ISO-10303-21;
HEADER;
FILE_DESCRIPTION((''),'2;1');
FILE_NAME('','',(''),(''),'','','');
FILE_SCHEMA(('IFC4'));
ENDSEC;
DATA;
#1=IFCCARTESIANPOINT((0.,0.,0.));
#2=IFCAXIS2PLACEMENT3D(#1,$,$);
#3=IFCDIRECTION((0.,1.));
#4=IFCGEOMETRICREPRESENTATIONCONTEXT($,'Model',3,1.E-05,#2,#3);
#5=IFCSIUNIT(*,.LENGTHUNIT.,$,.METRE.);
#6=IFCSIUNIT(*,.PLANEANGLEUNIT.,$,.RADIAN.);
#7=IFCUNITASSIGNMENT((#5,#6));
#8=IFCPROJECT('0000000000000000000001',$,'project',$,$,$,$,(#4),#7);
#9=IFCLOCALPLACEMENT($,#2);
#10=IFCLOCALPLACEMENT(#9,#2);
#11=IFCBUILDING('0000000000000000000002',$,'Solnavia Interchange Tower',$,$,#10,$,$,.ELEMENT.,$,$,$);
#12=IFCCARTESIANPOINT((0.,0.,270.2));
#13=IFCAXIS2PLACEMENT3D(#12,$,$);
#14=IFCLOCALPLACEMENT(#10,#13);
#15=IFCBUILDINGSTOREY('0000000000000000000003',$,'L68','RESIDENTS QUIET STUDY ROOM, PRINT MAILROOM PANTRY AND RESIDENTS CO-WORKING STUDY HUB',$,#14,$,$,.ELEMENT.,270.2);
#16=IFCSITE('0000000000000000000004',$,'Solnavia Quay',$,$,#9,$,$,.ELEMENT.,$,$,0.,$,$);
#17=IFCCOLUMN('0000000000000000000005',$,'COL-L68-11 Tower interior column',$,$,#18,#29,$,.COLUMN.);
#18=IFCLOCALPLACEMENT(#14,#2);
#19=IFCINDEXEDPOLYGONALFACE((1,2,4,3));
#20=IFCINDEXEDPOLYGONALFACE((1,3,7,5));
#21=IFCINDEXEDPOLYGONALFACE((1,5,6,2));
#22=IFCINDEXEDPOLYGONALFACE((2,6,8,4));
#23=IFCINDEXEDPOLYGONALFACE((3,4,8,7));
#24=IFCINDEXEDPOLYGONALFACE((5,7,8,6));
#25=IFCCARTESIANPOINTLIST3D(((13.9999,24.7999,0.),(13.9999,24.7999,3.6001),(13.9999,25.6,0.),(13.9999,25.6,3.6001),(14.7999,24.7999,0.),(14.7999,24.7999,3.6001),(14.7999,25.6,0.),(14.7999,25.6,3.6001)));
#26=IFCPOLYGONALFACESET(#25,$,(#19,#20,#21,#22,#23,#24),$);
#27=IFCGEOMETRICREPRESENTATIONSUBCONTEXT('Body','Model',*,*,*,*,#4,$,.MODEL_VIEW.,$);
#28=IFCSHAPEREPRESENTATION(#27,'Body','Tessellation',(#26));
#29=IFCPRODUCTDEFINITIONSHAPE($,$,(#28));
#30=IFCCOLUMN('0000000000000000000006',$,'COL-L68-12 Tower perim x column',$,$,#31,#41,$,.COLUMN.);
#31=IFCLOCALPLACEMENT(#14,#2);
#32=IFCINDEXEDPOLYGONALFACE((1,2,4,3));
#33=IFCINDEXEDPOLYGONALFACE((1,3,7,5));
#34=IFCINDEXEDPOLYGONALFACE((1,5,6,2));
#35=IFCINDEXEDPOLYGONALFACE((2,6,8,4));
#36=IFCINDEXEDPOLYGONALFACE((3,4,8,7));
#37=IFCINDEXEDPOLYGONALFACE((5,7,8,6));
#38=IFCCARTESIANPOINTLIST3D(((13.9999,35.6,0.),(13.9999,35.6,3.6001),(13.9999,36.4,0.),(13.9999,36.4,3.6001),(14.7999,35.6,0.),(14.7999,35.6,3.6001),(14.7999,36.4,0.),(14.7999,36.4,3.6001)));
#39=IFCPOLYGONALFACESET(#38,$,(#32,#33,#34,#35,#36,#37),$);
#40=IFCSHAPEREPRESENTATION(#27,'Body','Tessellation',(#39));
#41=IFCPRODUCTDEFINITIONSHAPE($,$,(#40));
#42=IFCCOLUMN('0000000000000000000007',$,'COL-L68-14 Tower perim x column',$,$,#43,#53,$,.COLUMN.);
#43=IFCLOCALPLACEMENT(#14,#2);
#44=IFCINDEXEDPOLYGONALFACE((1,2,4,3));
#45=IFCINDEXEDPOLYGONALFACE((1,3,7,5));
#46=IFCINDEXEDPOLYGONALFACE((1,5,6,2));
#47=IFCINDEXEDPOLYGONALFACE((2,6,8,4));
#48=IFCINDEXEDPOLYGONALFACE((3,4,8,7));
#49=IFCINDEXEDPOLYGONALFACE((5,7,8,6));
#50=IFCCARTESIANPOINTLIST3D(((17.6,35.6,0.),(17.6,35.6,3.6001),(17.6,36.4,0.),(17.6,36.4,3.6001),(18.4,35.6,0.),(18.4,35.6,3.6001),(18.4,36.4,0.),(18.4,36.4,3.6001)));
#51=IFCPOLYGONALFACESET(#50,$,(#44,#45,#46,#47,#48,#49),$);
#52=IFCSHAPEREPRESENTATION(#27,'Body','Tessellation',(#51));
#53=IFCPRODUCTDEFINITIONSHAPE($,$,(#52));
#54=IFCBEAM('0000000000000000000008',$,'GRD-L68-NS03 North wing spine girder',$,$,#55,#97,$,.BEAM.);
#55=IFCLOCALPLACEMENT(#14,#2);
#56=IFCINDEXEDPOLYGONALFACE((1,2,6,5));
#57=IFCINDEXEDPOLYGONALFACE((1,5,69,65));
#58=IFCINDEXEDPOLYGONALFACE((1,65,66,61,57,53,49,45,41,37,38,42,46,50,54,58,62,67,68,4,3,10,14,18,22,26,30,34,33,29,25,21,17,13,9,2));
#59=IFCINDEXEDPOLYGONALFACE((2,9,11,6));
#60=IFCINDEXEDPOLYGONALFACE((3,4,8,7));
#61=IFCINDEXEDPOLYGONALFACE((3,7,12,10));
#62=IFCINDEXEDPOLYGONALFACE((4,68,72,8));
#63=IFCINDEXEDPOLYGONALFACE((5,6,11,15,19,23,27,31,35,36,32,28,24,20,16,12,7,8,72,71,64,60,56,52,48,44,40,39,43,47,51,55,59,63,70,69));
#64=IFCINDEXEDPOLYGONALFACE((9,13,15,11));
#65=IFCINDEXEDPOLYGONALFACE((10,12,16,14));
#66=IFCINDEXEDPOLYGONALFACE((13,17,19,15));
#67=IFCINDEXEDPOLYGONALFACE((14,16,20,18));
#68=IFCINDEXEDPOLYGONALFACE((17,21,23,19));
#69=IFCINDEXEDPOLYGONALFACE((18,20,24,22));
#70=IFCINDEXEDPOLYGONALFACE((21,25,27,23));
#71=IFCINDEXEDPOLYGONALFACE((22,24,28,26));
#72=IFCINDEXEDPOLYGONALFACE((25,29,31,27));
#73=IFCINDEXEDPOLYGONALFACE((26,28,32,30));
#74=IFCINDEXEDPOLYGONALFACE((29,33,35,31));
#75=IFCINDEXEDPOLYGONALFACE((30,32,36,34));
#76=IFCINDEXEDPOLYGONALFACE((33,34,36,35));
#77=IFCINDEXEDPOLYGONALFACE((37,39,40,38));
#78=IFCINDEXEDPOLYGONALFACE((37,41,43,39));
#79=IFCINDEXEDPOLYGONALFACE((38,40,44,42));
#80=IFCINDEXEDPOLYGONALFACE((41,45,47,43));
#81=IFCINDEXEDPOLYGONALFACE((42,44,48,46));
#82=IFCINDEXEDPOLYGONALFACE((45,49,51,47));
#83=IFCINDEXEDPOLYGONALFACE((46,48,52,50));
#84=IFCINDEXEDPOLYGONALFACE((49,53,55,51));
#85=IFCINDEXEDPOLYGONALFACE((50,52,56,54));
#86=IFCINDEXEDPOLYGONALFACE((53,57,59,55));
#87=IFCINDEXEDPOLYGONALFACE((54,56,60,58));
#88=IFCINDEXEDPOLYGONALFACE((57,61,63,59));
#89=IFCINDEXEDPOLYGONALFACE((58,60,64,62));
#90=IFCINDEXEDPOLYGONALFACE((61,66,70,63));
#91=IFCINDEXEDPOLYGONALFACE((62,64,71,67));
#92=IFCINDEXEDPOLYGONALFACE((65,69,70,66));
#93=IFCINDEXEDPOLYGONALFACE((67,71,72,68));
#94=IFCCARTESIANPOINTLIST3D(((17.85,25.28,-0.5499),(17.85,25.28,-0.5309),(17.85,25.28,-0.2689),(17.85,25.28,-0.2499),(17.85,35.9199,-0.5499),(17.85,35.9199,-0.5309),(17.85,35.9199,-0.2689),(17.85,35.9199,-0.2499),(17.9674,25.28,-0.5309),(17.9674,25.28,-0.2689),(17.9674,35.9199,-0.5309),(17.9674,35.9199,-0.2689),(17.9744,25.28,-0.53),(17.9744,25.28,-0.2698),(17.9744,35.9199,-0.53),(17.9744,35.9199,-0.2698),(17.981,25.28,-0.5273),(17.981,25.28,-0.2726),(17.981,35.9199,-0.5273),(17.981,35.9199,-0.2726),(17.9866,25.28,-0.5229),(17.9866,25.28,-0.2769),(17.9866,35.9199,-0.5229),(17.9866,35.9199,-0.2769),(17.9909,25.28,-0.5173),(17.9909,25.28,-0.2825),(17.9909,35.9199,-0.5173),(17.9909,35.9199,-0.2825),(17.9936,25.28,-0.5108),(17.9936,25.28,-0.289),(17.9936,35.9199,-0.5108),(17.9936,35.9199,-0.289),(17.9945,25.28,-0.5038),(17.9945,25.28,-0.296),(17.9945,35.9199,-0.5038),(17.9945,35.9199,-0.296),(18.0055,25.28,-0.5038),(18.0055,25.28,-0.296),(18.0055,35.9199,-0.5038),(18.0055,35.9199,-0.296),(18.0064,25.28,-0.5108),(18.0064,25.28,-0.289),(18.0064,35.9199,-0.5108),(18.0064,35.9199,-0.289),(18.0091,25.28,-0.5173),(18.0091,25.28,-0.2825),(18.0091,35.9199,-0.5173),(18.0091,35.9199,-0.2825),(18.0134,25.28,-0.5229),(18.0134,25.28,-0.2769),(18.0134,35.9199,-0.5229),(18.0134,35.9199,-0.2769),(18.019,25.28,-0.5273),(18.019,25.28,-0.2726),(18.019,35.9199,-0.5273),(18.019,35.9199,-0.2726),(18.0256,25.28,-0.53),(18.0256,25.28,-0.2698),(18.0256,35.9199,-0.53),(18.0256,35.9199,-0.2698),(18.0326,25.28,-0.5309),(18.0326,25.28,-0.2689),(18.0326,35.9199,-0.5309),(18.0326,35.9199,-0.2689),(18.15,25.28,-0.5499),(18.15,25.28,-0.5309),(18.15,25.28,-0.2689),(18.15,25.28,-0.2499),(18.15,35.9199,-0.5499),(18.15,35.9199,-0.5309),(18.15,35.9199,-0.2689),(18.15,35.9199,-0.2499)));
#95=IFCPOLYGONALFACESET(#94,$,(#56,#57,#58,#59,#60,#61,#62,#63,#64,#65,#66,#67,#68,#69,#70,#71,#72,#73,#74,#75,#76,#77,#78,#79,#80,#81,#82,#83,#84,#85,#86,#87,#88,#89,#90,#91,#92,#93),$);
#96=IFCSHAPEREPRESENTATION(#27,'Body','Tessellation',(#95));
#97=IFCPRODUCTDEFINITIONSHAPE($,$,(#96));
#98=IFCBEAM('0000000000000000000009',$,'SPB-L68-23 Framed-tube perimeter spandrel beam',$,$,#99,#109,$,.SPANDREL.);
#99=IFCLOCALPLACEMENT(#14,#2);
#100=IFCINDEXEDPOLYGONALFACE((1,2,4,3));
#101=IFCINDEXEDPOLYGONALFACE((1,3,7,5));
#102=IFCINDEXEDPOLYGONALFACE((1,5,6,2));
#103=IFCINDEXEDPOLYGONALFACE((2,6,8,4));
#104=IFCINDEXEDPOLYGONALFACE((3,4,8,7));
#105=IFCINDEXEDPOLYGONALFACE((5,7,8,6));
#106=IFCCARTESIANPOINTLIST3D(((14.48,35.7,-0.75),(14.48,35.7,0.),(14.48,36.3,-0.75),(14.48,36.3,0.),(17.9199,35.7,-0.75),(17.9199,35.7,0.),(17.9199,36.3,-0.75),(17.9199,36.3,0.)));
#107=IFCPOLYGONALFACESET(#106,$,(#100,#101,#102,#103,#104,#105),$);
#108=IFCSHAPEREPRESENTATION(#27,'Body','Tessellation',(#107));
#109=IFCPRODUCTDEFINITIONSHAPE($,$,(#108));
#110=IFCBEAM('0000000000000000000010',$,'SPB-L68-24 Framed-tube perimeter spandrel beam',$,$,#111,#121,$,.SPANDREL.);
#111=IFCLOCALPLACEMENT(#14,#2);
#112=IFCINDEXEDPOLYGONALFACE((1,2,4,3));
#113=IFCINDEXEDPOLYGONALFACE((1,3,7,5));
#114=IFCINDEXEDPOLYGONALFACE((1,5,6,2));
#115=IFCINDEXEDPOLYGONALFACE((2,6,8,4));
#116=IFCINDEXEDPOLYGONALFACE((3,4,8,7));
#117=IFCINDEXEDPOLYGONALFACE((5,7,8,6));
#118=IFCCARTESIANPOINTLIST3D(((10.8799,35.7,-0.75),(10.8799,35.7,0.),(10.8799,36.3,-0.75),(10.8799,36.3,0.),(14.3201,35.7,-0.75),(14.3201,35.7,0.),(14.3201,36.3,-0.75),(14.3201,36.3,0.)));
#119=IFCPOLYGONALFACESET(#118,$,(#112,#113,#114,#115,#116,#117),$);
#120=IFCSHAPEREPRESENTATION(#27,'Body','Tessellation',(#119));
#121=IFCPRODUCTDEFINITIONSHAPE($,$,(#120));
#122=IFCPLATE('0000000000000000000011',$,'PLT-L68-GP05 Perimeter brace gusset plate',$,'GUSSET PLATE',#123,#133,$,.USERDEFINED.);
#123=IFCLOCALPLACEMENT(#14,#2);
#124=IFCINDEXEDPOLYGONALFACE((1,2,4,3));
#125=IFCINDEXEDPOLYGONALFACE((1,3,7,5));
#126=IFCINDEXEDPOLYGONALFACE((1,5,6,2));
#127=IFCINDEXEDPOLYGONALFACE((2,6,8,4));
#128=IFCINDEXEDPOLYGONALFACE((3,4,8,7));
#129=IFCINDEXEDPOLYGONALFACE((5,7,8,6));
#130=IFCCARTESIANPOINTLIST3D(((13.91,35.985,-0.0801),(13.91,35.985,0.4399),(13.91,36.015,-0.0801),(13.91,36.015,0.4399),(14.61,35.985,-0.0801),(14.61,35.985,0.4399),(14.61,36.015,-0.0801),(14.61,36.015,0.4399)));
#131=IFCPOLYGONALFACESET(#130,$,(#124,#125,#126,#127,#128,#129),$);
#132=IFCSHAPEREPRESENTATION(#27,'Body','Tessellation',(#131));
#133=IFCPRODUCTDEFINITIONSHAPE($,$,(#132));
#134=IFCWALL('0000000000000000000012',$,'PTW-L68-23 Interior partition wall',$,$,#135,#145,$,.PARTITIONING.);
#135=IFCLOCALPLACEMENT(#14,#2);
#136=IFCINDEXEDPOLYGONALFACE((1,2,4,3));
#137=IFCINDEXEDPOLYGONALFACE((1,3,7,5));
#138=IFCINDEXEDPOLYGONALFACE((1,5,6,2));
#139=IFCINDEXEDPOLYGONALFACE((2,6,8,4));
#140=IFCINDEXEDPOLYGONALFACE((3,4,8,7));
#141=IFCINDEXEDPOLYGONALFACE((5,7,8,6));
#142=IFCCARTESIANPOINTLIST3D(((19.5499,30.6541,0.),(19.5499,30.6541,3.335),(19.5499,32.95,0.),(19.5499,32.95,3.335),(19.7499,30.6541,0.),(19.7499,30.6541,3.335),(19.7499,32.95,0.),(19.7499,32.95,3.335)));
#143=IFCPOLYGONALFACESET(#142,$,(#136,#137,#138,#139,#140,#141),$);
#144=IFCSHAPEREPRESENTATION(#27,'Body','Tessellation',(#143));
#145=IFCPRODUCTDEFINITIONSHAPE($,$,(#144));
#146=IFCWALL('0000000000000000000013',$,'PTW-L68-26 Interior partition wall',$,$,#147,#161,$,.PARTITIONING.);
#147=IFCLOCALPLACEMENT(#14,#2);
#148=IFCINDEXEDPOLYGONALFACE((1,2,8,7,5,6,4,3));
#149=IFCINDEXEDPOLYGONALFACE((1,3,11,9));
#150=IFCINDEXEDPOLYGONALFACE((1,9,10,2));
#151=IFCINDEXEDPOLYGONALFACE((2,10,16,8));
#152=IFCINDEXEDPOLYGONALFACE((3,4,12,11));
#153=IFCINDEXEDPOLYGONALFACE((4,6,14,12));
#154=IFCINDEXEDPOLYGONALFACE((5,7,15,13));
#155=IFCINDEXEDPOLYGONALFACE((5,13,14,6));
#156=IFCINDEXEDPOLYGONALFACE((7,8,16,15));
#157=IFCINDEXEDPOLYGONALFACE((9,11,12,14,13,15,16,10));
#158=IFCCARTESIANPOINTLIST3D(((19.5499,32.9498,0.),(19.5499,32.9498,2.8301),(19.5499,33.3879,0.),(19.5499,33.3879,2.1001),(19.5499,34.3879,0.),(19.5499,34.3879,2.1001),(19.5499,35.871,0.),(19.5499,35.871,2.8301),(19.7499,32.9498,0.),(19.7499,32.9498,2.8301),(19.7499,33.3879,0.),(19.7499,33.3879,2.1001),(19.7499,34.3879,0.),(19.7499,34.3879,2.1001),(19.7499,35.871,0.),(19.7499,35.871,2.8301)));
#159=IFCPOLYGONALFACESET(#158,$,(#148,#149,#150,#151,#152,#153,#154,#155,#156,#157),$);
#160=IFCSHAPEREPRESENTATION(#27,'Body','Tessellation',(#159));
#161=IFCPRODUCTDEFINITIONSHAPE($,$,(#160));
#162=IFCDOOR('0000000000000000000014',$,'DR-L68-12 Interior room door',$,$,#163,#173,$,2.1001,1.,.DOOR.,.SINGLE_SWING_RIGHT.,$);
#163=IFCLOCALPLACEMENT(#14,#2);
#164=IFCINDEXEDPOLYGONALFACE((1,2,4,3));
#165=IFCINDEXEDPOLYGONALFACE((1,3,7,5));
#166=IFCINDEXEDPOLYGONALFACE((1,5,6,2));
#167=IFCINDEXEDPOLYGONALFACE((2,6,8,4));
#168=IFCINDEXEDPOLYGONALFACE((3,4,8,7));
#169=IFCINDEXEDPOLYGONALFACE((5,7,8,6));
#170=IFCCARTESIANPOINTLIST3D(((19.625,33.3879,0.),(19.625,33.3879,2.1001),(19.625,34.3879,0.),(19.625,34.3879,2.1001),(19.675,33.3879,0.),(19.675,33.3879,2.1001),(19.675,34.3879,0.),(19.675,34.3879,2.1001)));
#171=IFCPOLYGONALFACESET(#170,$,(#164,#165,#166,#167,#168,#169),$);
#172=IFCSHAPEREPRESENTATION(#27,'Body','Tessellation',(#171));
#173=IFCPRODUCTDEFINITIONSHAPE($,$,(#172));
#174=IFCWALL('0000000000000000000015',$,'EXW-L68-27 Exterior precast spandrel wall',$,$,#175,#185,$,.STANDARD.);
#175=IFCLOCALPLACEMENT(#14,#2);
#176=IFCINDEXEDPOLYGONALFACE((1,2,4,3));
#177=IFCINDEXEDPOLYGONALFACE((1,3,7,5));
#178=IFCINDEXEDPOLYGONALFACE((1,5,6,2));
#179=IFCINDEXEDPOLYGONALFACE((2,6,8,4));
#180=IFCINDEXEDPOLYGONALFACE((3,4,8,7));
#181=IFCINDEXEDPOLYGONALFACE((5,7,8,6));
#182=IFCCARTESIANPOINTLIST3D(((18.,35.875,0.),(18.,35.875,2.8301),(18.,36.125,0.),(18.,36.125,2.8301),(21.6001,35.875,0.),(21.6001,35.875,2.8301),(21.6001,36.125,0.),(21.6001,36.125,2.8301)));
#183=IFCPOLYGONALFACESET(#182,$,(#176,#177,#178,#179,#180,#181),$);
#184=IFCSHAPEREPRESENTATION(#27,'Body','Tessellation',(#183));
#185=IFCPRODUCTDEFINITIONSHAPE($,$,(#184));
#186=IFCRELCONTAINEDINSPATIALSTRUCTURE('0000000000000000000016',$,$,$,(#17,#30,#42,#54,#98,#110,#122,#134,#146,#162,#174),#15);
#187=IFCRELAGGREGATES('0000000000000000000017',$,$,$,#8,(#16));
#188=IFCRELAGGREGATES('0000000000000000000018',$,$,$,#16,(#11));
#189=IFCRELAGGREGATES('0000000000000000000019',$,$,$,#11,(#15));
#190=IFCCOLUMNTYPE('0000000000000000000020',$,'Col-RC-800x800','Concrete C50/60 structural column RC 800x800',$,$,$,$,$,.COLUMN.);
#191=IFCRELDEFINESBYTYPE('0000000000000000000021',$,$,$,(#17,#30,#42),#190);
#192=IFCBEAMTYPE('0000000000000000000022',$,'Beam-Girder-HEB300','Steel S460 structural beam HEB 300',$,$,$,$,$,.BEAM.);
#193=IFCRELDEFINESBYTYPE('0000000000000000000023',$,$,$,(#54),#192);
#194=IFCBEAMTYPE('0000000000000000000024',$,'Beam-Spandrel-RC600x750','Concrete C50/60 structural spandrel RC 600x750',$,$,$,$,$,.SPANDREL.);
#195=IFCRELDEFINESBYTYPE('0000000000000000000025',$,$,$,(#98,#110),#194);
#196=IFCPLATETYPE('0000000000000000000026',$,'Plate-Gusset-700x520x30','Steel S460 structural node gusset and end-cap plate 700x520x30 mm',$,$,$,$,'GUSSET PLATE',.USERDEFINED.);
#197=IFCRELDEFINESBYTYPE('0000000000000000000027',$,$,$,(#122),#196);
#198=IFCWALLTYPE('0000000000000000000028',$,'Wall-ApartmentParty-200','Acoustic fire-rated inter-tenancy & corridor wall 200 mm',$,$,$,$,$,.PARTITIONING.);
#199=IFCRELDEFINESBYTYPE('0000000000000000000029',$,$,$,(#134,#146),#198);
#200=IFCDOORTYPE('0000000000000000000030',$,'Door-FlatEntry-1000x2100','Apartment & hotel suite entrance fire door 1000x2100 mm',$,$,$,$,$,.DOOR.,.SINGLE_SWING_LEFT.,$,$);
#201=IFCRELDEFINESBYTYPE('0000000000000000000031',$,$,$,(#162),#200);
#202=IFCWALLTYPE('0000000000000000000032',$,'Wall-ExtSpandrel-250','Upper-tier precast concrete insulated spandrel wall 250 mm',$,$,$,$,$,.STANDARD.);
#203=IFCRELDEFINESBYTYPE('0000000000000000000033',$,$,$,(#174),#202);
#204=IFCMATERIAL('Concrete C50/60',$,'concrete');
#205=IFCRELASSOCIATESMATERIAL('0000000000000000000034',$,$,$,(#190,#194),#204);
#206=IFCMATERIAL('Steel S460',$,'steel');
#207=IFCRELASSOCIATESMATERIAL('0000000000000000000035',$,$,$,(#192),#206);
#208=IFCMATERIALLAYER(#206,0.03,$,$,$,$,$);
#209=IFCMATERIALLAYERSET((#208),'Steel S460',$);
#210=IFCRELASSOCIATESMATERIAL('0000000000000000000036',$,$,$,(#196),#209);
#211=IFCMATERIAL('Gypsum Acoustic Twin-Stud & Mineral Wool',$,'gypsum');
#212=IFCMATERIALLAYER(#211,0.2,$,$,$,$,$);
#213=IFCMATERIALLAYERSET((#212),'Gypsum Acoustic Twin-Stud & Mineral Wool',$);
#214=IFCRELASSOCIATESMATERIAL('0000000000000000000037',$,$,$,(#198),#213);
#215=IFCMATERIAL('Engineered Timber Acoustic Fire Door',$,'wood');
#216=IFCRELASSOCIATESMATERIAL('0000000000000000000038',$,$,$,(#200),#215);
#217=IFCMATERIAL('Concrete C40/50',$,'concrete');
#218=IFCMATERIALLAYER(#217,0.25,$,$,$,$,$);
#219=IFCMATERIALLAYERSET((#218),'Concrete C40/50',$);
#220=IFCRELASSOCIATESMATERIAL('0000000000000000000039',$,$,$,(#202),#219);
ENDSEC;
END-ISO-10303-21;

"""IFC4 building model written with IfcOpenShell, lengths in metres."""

from ifc_helpers import new_model, si_unit, direction, frame, frame_2d, origin, origin_2d, place, context, subcontext, project, spatial, rectangle, i_section, extrude, material, layer, layer_set, material_profile, profile_set, type_object, element, fill, save


model = new_model("IFC4")

# Units and contexts
model_context = context("Model", 3, precision=1e-05, world=origin(), true_north=direction((0.0, 1.0)))
body_context = subcontext(model_context, "Body", "Model", "MODEL_VIEW")
ifc_project = project(units=[si_unit("LENGTHUNIT", "METRE"), si_unit("PLANEANGLEUNIT", "RADIAN")], contexts=[model_context])

# Site, building, storey
site_placement = place(None, origin())
site = spatial("IfcSite", under=ifc_project, at=site_placement, Name="Solnavia Quay", CompositionType="ELEMENT", RefElevation=0.0)
building_placement = place(site_placement, origin())
building = spatial("IfcBuilding", under=site, at=building_placement, Name="Solnavia Interchange Tower", CompositionType="ELEMENT")
storey_placement = place(building_placement, frame((0.0, 0.0, 270.2)))
storey = spatial("IfcBuildingStorey", under=building, at=storey_placement, Name="L68", Description="RESIDENTS QUIET STUDY ROOM, PRINT MAILROOM PANTRY AND RESIDENTS CO-WORKING STUDY HUB", CompositionType="ELEMENT", Elevation=270.2)

# Columns
ifc_material_1 = material(Name="Concrete C50/60", Category="concrete")
ifc_material_profile_1 = material_profile(ifc_material_1, rectangle(XDim=0.8, YDim=0.8, at=origin_2d()), Name="RC 800x800")
ifc_profile_set_1 = profile_set([ifc_material_profile_1], Name="Concrete C50/60")
column_type = type_object("IfcColumnType", Name="Col-RC-800x800", Description="Concrete C50/60 structural column RC 800x800", PredefinedType="COLUMN", material=ifc_profile_set_1)
for number, where, z_axis, x_axis, name in (
    (1, (14.3999, 25.2, 0.0), (0.0, 0.0, 1.0), (1.0, 0.0, 0.0), "COL-L68-11 Tower interior column"),
    (2, (14.3999, 36.0, 0.0), (0.0, 0.0, 1.0), (1.0, 0.0, 0.0), "COL-L68-12 Tower perim x column"),
    (3, (18.0, 36.0, 0.0), (0.0, 0.0, 1.0), (1.0, 0.0, 0.0), "COL-L68-14 Tower perim x column"),
):
    element("IfcColumn", number, at=place(storey_placement, frame(where, z_axis=z_axis, x_axis=x_axis)), inside=storey, type_object=column_type, Name=name, PredefinedType="COLUMN", context=body_context, shape_type="SweptSolid", body=[
        extrude(rectangle(XDim=0.8, YDim=0.8, at=origin_2d()), origin(), (0.0, 0.0, 1.0), 3.6001),
    ])

# Beams
ifc_material_2 = material(Name="Steel S460", Category="steel")
ifc_material_profile_2 = material_profile(ifc_material_2, i_section(OverallWidth=0.3, OverallDepth=0.3, WebThickness=0.011, FlangeThickness=0.019, FilletRadius=0.0271, at=origin_2d()), Name="HEB 300")
ifc_profile_set_2 = profile_set([ifc_material_profile_2], Name="Steel S460")
beam_type_1 = type_object("IfcBeamType", Name="Beam-Girder-HEB300", Description="Steel S460 structural beam HEB 300", PredefinedType="BEAM", material=ifc_profile_set_2)
beam_1_placement = place(storey_placement, frame((18.0, 25.28, -0.3999), z_axis=(0.0, 1.0, 0.0), x_axis=(-1.0, 0.0, 0.0)))
element("IfcBeam", 4, at=beam_1_placement, inside=storey, type_object=beam_type_1, Name="GRD-L68-NS03 North wing spine girder", PredefinedType="BEAM", context=body_context, shape_type="SweptSolid", body=[
    extrude(i_section(OverallWidth=0.3, OverallDepth=0.3, WebThickness=0.011, FlangeThickness=0.019, FilletRadius=0.0271, at=origin_2d()), origin(), (0.0, 0.0, 1.0), 10.6399),
])
ifc_material_profile_3 = material_profile(ifc_material_1, rectangle(XDim=0.6001, YDim=0.75, at=origin_2d()), Name="RC 600x750")
ifc_profile_set_3 = profile_set([ifc_material_profile_3], Name="Concrete C50/60")
beam_type_2 = type_object("IfcBeamType", Name="Beam-Spandrel-RC600x750", Description="Concrete C50/60 structural spandrel RC 600x750", PredefinedType="SPANDREL", material=ifc_profile_set_3)
beam_2_placement = place(storey_placement, frame((17.9199, 36.0, -0.375), z_axis=(-1.0, 0.0, 0.0), x_axis=(0.0, -1.0, 0.0)))
element("IfcBeam", 5, at=beam_2_placement, inside=storey, type_object=beam_type_2, Name="SPB-L68-23 Framed-tube perimeter spandrel beam", PredefinedType="SPANDREL", context=body_context, shape_type="SweptSolid", body=[
    extrude(rectangle(XDim=0.6001, YDim=0.75, at=origin_2d()), origin(), (0.0, 0.0, 1.0), 3.4399),
])
beam_3_placement = place(storey_placement, frame((14.3201, 36.0, -0.375), z_axis=(-1.0, 0.0, 0.0), x_axis=(0.0, -1.0, 0.0)))
element("IfcBeam", 6, at=beam_3_placement, inside=storey, type_object=beam_type_2, Name="SPB-L68-24 Framed-tube perimeter spandrel beam", PredefinedType="SPANDREL", context=body_context, shape_type="SweptSolid", body=[
    extrude(rectangle(XDim=0.6001, YDim=0.75, at=origin_2d()), origin(), (0.0, 0.0, 1.0), 3.4402),
])

# Plate
ifc_layer_1 = layer(ifc_material_2, 0.03)
ifc_layer_set_1 = layer_set([ifc_layer_1], Name="Steel S460")
plate_type = type_object("IfcPlateType", Name="Plate-Gusset-700x520x30", Description="Steel S460 structural node gusset and end-cap plate 700x520x30 mm", ElementType="GUSSET PLATE", PredefinedType="USERDEFINED", material=ifc_layer_set_1)
plate_placement = place(storey_placement, frame((14.26, 36.0, -0.0801), z_axis=(0.0, 0.0, 1.0), x_axis=(-1.0, 0.0, 0.0)))
element("IfcPlate", 7, at=plate_placement, inside=storey, type_object=plate_type, Name="PLT-L68-GP05 Perimeter brace gusset plate", ObjectType="GUSSET PLATE", PredefinedType="USERDEFINED", context=body_context, shape_type="SweptSolid", body=[
    extrude(rectangle(XDim=0.7, YDim=0.03, at=origin_2d()), origin(), (0.0, 0.0, 1.0), 0.52),
])

# Wall
ifc_material_3 = material(Name="Gypsum Acoustic Twin-Stud & Mineral Wool", Category="gypsum")
ifc_layer_2 = layer(ifc_material_3, 0.2)
ifc_layer_set_2 = layer_set([ifc_layer_2], Name="Gypsum Acoustic Twin-Stud & Mineral Wool")
wall_type_1 = type_object("IfcWallType", Name="Wall-ApartmentParty-200", Description="Acoustic fire-rated inter-tenancy & corridor wall 200 mm", PredefinedType="PARTITIONING", material=ifc_layer_set_2)
wall_1_placement = place(storey_placement, frame((19.6499, 30.6541, 0.0), z_axis=(0.0, 0.0, 1.0), x_axis=(0.0, 1.0, 0.0)))
element("IfcWall", 8, at=wall_1_placement, inside=storey, type_object=wall_type_1, Name="PTW-L68-23 Interior partition wall", PredefinedType="PARTITIONING", context=body_context, shape_type="SweptSolid", body=[
    extrude(rectangle(XDim=2.2959, YDim=0.2, at=frame_2d((1.1479, 0.0))), origin(), (0.0, 0.0, 1.0), 3.335),
])

# Wall, opening, door
wall_2_placement = place(storey_placement, frame((19.6499, 32.95, 0.0), z_axis=(0.0, 0.0, 1.0), x_axis=(0.0, 1.0, 0.0)))
wall_2 = element("IfcWall", 9, at=wall_2_placement, inside=storey, type_object=wall_type_1, Name="PTW-L68-26 Interior partition wall", PredefinedType="PARTITIONING", context=body_context, shape_type="SweptSolid", body=[
    extrude(rectangle(XDim=2.9211, YDim=0.2, at=frame_2d((1.4604, 0.0))), origin(), (0.0, 0.0, 1.0), 2.8301),
])
opening_1_placement = place(wall_2_placement, frame((0.438, 0.0, 0.0)))
opening_1 = element("IfcOpeningElement", 10, at=opening_1_placement, cuts=wall_2, PredefinedType="OPENING", context=body_context, shape_type="SweptSolid", body=[
    extrude(rectangle(XDim=1.0, YDim=2.1001, at=frame_2d((0.5, 1.05))), frame((0.0, 0.1099, 0.0), z_axis=(0.0, -1.0, 0.0), x_axis=(1.0, 0.0, 0.0)), (0.0, 0.0, 1.0), 0.22),
])
ifc_material_4 = material(Name="Engineered Timber Acoustic Fire Door", Category="wood")
door_type_1 = type_object("IfcDoorType", Name="Door-FlatEntry-1000x2100", Description="Apartment & hotel suite entrance fire door 1000x2100 mm", OperationType="SINGLE_SWING_LEFT", PredefinedType="DOOR", material=ifc_material_4)
door_1_placement = place(opening_1_placement, origin())
door_1 = element("IfcDoor", 11, at=door_1_placement, inside=storey, type_object=door_type_1, Name="DR-L68-12 Interior room door", OperationType="SINGLE_SWING_RIGHT", OverallHeight=2.1001, OverallWidth=1.0, PredefinedType="DOOR", context=body_context, shape_type="SweptSolid", body=[
    extrude(rectangle(XDim=1.0, YDim=2.1001, at=frame_2d((0.5, 1.05))), frame((0.0, 0.0249, 0.0), z_axis=(0.0, -1.0, 0.0), x_axis=(1.0, 0.0, 0.0)), (0.0, 0.0, 1.0), 0.05),
])
fill(opening_1, door_1)

# Wall
ifc_material_5 = material(Name="Concrete C40/50", Category="concrete")
ifc_layer_3 = layer(ifc_material_5, 0.25)
ifc_layer_set_3 = layer_set([ifc_layer_3], Name="Concrete C40/50")
wall_type_2 = type_object("IfcWallType", Name="Wall-ExtSpandrel-250", Description="Upper-tier precast concrete insulated spandrel wall 250 mm", PredefinedType="STANDARD", material=ifc_layer_set_3)
for number, where, z_axis, x_axis, name in (
    (12, (18.0, 36.0, 0.0), (0.0, 0.0, 1.0), (1.0, 0.0, 0.0), "EXW-L68-27 Exterior precast spandrel wall"),
):
    element("IfcWall", number, at=place(storey_placement, frame(where, z_axis=z_axis, x_axis=x_axis)), inside=storey, type_object=wall_type_2, Name=name, PredefinedType="STANDARD", context=body_context, shape_type="SweptSolid", body=[
        extrude(rectangle(XDim=3.6001, YDim=0.25, at=frame_2d((1.8, 0.0))), origin(), (0.0, 0.0, 1.0), 2.8301),
    ])

save(model, "model.ifc")
